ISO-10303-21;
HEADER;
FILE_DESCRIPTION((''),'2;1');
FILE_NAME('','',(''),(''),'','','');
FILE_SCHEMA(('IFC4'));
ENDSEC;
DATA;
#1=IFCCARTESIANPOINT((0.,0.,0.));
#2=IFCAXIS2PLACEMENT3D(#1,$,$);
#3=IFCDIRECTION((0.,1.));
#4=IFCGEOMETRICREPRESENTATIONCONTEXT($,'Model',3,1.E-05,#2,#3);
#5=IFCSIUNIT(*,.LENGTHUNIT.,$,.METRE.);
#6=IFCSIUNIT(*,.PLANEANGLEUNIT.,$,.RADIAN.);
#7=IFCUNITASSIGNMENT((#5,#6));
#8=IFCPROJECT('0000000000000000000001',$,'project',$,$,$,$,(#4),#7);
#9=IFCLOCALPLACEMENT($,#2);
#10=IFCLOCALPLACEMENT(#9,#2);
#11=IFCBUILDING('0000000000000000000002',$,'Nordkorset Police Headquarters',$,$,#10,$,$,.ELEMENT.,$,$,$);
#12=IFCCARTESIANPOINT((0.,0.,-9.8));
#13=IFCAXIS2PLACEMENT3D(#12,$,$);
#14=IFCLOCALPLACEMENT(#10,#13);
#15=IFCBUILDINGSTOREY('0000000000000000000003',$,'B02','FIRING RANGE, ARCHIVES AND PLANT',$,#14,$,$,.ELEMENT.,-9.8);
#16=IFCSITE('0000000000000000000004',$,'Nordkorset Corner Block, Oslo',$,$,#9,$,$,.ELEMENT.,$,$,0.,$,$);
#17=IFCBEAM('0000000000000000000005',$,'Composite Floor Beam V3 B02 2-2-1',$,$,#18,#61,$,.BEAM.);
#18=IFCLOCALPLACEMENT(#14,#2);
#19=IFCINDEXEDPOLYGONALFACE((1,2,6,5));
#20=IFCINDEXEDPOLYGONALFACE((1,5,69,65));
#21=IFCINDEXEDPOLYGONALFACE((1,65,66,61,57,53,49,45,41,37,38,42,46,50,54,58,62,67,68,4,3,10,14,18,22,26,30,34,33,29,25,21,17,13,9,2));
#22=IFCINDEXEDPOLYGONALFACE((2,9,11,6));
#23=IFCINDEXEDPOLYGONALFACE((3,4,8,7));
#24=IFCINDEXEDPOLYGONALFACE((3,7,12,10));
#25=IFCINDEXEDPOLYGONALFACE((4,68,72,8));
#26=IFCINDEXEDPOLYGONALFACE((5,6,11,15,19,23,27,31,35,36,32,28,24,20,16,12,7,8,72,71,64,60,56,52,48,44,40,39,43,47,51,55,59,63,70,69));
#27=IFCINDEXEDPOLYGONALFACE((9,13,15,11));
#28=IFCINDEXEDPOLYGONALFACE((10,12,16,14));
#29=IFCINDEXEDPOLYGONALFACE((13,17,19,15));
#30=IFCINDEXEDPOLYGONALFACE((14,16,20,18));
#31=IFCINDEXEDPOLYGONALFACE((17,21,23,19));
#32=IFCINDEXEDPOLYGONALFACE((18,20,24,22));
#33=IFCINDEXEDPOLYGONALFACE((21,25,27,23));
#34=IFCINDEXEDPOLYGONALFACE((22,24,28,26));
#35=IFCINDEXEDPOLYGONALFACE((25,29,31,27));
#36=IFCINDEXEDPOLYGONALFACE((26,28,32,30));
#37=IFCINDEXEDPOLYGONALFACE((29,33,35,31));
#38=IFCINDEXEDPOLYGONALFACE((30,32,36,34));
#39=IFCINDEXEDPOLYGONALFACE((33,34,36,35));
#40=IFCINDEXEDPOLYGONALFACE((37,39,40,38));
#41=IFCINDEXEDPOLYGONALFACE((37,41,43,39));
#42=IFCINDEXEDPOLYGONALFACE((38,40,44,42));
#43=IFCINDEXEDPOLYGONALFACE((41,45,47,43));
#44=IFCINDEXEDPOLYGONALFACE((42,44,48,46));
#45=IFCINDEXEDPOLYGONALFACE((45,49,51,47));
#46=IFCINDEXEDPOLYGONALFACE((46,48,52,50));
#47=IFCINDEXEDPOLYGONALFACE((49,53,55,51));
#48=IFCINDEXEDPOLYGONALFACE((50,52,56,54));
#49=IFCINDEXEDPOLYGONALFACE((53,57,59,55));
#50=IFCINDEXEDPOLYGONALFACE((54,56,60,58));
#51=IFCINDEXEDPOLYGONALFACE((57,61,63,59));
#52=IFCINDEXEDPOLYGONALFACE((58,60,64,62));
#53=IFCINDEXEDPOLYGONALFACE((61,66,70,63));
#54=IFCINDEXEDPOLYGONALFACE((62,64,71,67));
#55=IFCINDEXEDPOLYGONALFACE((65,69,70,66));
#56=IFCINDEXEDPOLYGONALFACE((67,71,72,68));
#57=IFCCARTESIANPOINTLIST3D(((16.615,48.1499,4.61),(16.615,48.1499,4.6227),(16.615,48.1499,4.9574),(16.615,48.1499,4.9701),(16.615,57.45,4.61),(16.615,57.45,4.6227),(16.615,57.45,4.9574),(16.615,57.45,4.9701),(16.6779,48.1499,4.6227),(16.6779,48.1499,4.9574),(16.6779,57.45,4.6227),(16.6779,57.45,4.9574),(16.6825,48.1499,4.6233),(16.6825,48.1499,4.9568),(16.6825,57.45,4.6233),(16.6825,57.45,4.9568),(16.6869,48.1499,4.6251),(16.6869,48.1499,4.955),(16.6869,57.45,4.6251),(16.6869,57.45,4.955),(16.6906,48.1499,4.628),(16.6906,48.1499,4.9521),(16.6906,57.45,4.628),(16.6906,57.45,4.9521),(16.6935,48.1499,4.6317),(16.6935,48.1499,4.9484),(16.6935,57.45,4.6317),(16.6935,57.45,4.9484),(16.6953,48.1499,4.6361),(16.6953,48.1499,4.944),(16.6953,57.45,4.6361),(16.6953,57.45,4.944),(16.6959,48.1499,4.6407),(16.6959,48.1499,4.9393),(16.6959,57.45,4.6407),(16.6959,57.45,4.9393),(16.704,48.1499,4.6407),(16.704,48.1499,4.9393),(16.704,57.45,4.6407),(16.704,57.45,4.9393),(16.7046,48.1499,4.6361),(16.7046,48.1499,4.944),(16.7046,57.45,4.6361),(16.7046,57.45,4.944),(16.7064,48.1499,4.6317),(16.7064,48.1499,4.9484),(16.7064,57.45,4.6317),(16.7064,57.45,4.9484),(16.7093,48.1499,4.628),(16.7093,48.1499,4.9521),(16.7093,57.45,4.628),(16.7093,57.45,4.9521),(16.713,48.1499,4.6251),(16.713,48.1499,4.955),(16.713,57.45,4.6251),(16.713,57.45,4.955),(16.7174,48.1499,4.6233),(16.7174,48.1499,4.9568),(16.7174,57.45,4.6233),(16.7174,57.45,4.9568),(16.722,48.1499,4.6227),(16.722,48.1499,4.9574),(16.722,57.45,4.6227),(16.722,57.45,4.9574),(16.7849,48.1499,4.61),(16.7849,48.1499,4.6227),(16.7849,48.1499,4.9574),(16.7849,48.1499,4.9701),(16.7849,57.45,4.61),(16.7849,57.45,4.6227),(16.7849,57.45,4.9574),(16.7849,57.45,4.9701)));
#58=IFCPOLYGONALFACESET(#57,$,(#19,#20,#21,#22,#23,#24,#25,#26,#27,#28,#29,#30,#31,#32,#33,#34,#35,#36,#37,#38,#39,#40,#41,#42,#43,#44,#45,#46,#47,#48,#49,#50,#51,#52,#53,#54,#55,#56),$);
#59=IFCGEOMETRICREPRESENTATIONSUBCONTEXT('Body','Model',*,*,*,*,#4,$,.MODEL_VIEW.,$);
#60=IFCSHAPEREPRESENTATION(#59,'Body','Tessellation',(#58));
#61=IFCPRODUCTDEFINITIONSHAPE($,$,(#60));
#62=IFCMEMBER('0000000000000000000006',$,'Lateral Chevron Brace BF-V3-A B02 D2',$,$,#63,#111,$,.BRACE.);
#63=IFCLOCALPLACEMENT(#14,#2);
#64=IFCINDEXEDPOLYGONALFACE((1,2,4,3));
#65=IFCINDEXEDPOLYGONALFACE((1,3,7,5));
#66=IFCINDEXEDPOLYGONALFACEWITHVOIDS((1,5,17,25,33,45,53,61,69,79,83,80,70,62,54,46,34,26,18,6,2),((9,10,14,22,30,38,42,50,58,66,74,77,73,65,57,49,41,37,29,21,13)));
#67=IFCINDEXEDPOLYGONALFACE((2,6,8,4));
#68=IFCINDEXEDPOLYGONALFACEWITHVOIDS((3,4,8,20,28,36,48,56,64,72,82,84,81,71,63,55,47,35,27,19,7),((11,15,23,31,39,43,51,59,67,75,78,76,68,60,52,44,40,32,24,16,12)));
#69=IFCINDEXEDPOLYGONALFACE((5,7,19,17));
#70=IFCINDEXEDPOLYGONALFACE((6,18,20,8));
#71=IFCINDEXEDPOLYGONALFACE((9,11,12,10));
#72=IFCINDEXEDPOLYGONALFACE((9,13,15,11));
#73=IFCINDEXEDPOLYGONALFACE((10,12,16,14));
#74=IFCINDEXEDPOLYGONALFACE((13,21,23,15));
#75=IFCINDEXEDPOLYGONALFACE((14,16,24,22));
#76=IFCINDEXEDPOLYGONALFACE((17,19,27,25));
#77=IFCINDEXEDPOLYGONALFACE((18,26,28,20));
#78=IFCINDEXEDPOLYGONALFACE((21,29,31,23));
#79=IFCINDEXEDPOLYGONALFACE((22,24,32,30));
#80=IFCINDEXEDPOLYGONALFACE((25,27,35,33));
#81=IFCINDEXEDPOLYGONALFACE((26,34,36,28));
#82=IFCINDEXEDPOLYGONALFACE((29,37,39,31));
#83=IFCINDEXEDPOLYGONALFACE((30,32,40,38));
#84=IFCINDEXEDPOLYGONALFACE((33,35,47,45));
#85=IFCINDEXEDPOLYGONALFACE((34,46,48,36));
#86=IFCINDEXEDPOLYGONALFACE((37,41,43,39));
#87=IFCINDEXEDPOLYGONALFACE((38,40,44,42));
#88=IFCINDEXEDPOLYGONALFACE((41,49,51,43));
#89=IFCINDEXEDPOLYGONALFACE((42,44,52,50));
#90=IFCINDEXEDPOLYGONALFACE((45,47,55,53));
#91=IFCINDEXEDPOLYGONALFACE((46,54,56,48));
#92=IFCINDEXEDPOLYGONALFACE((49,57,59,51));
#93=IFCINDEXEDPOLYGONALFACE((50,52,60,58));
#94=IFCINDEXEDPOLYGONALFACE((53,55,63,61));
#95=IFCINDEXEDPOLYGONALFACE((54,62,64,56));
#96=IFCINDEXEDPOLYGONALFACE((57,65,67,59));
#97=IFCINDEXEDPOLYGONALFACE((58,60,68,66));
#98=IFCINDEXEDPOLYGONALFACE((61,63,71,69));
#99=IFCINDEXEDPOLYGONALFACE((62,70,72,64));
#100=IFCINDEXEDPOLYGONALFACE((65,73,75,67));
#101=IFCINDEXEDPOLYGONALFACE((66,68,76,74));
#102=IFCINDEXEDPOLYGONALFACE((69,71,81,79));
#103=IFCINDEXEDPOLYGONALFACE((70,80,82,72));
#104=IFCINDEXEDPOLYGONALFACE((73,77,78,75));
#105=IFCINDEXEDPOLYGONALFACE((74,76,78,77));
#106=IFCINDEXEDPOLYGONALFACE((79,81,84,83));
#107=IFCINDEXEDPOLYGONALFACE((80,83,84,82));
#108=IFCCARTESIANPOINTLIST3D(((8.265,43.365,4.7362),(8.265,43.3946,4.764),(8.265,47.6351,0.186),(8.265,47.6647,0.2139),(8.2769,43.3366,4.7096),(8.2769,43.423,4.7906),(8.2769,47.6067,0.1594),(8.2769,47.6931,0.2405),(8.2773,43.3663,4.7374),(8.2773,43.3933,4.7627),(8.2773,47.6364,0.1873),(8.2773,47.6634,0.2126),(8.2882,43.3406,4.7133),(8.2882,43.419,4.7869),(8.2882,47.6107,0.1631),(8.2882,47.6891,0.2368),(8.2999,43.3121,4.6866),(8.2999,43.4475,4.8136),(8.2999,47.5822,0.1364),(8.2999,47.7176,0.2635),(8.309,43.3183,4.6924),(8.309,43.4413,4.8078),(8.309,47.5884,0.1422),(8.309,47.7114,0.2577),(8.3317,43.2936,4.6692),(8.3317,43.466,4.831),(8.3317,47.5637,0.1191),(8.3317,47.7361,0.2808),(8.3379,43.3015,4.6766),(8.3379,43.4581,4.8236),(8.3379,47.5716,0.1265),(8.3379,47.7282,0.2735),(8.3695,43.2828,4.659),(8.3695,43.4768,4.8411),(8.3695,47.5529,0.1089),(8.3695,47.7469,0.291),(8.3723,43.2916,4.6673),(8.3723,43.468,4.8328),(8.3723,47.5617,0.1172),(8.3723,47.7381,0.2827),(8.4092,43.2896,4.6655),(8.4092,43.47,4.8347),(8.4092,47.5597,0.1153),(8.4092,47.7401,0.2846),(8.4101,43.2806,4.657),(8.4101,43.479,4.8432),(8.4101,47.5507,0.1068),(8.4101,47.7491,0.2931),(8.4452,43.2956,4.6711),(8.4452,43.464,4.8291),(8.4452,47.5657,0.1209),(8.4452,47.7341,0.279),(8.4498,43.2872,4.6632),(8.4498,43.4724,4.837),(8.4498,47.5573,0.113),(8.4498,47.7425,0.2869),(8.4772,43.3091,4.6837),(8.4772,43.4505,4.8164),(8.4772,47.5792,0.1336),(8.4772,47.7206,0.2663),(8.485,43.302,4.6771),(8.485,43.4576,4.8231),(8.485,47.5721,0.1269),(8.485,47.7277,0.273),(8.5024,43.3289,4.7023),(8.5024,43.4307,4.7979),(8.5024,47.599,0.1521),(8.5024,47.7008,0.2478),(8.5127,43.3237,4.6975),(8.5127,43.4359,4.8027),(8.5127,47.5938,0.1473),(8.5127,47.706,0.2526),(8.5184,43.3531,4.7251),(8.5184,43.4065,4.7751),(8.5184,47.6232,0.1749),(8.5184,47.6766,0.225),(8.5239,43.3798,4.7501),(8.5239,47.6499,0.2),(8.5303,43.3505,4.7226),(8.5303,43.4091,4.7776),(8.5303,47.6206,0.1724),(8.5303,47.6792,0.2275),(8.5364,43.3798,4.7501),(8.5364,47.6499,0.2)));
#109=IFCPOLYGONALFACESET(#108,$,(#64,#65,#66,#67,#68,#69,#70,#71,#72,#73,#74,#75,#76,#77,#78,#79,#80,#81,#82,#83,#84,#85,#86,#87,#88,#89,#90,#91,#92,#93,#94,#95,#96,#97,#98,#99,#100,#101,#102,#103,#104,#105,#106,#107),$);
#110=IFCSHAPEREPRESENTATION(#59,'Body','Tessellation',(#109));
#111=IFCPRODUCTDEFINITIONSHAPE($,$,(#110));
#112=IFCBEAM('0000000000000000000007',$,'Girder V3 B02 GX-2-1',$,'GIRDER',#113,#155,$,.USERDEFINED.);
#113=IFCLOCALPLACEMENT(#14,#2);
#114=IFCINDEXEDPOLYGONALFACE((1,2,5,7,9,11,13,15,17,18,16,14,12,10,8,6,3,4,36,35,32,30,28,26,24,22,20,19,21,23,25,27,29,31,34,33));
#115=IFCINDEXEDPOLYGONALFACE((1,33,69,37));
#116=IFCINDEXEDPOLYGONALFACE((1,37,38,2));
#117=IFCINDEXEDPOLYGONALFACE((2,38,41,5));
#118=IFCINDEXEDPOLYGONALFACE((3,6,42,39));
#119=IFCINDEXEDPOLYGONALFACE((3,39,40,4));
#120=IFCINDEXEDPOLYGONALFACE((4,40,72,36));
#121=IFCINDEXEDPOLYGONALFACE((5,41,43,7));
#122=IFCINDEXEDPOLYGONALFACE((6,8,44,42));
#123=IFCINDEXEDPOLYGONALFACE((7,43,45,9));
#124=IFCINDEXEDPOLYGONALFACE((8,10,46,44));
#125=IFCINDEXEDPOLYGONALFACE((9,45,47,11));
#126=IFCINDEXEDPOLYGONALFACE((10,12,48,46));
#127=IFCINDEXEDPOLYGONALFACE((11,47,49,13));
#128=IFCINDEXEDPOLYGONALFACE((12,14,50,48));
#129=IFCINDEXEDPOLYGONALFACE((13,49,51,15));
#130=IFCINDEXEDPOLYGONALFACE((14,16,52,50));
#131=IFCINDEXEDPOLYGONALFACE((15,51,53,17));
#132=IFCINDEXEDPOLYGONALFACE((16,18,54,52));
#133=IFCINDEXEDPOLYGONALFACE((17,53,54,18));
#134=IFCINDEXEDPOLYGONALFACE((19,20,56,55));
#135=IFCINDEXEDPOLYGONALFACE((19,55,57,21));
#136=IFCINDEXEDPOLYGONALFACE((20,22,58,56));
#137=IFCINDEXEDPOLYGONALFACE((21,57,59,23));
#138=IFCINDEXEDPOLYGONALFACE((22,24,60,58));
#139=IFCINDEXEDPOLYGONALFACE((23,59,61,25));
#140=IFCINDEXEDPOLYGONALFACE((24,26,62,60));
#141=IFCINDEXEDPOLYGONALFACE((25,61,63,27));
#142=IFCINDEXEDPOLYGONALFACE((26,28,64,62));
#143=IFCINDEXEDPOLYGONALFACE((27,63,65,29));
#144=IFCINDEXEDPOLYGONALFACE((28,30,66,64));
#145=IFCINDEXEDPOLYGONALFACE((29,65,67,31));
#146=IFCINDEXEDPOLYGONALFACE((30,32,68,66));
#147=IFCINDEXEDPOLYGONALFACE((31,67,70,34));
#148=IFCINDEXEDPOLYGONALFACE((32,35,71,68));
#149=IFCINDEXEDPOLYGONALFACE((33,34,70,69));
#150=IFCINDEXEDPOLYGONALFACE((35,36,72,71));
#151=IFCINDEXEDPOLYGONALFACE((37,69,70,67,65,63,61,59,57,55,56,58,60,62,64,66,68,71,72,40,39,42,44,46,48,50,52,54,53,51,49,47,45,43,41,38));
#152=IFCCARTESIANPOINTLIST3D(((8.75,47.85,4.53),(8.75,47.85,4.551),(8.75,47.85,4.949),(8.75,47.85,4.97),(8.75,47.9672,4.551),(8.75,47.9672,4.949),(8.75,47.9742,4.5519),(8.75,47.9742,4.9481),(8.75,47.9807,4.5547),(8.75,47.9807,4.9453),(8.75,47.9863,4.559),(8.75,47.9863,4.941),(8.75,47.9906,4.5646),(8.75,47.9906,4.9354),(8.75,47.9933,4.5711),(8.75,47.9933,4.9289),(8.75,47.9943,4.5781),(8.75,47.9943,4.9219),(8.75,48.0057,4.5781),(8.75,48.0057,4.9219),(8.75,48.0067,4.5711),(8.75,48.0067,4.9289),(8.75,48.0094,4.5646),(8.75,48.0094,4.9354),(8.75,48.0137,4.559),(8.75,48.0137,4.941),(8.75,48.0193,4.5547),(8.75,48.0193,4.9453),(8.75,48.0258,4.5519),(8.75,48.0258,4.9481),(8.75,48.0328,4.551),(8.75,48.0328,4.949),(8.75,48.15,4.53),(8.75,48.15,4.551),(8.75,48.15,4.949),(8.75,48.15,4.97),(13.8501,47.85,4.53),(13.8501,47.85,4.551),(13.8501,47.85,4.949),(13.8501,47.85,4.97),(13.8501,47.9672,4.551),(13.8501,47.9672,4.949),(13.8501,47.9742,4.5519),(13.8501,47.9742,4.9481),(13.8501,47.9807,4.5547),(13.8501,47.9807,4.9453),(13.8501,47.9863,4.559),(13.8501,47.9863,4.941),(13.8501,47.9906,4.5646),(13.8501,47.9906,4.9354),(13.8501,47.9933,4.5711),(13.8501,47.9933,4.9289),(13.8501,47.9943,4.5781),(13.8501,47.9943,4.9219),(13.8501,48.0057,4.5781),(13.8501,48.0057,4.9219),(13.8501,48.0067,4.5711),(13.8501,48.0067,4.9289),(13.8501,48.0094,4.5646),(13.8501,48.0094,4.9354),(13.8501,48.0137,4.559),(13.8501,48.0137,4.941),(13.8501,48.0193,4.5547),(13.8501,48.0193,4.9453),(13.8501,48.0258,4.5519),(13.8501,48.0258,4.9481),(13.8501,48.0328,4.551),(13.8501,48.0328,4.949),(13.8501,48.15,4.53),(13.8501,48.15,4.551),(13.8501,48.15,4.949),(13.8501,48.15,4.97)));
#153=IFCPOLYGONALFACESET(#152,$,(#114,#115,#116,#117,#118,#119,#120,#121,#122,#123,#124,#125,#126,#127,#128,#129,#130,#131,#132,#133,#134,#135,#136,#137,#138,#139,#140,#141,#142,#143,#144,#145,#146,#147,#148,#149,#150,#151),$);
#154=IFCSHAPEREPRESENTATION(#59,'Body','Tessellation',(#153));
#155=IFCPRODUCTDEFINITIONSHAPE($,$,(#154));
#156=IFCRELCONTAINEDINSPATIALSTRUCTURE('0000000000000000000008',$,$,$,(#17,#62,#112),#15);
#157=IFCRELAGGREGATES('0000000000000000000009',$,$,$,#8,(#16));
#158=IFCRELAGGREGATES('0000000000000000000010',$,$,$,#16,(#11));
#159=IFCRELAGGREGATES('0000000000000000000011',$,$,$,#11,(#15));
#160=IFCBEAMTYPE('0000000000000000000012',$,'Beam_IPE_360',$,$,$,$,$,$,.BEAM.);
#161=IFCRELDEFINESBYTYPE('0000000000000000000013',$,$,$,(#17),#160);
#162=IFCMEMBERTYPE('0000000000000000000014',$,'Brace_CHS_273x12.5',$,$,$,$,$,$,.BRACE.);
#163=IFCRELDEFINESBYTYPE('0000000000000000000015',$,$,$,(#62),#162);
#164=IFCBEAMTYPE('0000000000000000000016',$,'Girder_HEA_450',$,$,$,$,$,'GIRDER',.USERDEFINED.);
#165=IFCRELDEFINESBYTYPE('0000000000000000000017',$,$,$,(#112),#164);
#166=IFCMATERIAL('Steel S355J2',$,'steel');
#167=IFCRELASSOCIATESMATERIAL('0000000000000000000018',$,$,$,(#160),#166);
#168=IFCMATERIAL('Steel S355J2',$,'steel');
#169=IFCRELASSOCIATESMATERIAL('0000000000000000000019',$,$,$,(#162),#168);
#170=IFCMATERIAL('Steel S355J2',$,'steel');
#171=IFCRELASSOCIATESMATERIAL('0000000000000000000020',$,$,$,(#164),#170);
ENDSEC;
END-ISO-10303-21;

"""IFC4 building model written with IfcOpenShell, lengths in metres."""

from ifc_helpers import new_model, si_unit, direction, frame, origin, origin_2d, place, context, subcontext, project, spatial, hollow_circle, i_section, extrude, material, material_profile, profile_set, type_object, element, save


model = new_model("IFC4")

# Units and contexts
model_context = context("Model", 3, precision=1e-05, world=origin(), true_north=direction((0.0, 1.0)))
body_context = subcontext(model_context, "Body", "Model", "MODEL_VIEW")
ifc_project = project(units=[si_unit("LENGTHUNIT", "METRE"), si_unit("PLANEANGLEUNIT", "RADIAN")], contexts=[model_context])

# Site, building, storey
site_placement = place(None, origin())
site = spatial("IfcSite", under=ifc_project, at=site_placement, Name="Nordkorset Corner Block, Oslo", CompositionType="ELEMENT", RefElevation=0.0)
building_placement = place(site_placement, origin())
building = spatial("IfcBuilding", under=site, at=building_placement, Name="Nordkorset Police Headquarters", CompositionType="ELEMENT")
storey_placement = place(building_placement, frame((0.0, 0.0, -9.8)))
storey = spatial("IfcBuildingStorey", under=building, at=storey_placement, Name="B02", Description="FIRING RANGE, ARCHIVES AND PLANT", CompositionType="ELEMENT", Elevation=-9.8)

# Beam
ifc_material_1 = material(Name="Steel S355J2", Category="steel")
ifc_material_profile_1 = material_profile(ifc_material_1, i_section(OverallWidth=0.1699, OverallDepth=0.3601, WebThickness=0.0081, FlangeThickness=0.0127, FilletRadius=0.0181, at=origin_2d()), Name="IPE 360")
ifc_profile_set_1 = profile_set([ifc_material_profile_1], Name="Steel S355J2")
beam_type_1 = type_object("IfcBeamType", Name="Beam_IPE_360", PredefinedType="BEAM", material=ifc_profile_set_1)
for number, where, z_axis, x_axis, name in (
    (1, (16.7, 48.1499, 4.79), (0.0, 1.0, 0.0), (-1.0, 0.0, 0.0), "Composite Floor Beam V3 B02 2-2-1"),
):
    element("IfcBeam", number, at=place(storey_placement, frame(where, z_axis=z_axis, x_axis=x_axis)), inside=storey, type_object=beam_type_1, Name=name, PredefinedType="BEAM", context=body_context, shape_type="SweptSolid", body=[
        extrude(i_section(OverallWidth=0.1699, OverallDepth=0.3601, WebThickness=0.0081, FlangeThickness=0.0127, FilletRadius=0.0181, at=origin_2d()), origin(), (0.0, 0.0, 1.0), 9.3),
    ])

# Member
ifc_material_2 = material(Name="Steel S355J2", Category="steel")
ifc_material_profile_2 = material_profile(ifc_material_2, hollow_circle(Radius=0.1365, WallThickness=0.0125, at=origin_2d()), Name="CHS 273x12.5")
ifc_profile_set_2 = profile_set([ifc_material_profile_2], Name="Steel S355J2")
member_type = type_object("IfcMemberType", Name="Brace_CHS_273x12.5", PredefinedType="BRACE", material=ifc_profile_set_2)
member_placement = place(storey_placement, frame((8.3999, 47.6499, 0.2), z_axis=(0.0, -0.684312, 0.729189), x_axis=(1.0, 0.0, 0.0)))
element("IfcMember", 2, at=member_placement, inside=storey, type_object=member_type, Name="Lateral Chevron Brace BF-V3-A B02 D2", PredefinedType="BRACE", context=body_context, shape_type="SweptSolid", body=[
    extrude(hollow_circle(Radius=0.1365, WallThickness=0.0125, at=origin_2d()), origin(), (0.0, 0.0, 1.0), 6.24),
])

# Beam
ifc_material_3 = material(Name="Steel S355J2", Category="steel")
ifc_material_profile_3 = material_profile(ifc_material_3, i_section(OverallWidth=0.3, OverallDepth=0.4399, WebThickness=0.0115, FlangeThickness=0.021, FilletRadius=0.0271, at=origin_2d()), Name="HEA 450")
ifc_profile_set_3 = profile_set([ifc_material_profile_3], Name="Steel S355J2")
beam_type_2 = type_object("IfcBeamType", Name="Girder_HEA_450", ElementType="GIRDER", PredefinedType="USERDEFINED", material=ifc_profile_set_3)
beam_1_placement = place(storey_placement, frame((8.75, 48.0, 4.75), z_axis=(1.0, 0.0, 0.0), x_axis=(0.0, 1.0, 0.0)))
element("IfcBeam", 3, at=beam_1_placement, inside=storey, type_object=beam_type_2, Name="Girder V3 B02 GX-2-1", ObjectType="GIRDER", PredefinedType="USERDEFINED", context=body_context, shape_type="SweptSolid", body=[
    extrude(i_section(OverallWidth=0.3, OverallDepth=0.4399, WebThickness=0.0115, FlangeThickness=0.021, FilletRadius=0.0271, at=origin_2d()), origin(), (0.0, 0.0, 1.0), 5.1001),
])

save(model, "model.ifc")
